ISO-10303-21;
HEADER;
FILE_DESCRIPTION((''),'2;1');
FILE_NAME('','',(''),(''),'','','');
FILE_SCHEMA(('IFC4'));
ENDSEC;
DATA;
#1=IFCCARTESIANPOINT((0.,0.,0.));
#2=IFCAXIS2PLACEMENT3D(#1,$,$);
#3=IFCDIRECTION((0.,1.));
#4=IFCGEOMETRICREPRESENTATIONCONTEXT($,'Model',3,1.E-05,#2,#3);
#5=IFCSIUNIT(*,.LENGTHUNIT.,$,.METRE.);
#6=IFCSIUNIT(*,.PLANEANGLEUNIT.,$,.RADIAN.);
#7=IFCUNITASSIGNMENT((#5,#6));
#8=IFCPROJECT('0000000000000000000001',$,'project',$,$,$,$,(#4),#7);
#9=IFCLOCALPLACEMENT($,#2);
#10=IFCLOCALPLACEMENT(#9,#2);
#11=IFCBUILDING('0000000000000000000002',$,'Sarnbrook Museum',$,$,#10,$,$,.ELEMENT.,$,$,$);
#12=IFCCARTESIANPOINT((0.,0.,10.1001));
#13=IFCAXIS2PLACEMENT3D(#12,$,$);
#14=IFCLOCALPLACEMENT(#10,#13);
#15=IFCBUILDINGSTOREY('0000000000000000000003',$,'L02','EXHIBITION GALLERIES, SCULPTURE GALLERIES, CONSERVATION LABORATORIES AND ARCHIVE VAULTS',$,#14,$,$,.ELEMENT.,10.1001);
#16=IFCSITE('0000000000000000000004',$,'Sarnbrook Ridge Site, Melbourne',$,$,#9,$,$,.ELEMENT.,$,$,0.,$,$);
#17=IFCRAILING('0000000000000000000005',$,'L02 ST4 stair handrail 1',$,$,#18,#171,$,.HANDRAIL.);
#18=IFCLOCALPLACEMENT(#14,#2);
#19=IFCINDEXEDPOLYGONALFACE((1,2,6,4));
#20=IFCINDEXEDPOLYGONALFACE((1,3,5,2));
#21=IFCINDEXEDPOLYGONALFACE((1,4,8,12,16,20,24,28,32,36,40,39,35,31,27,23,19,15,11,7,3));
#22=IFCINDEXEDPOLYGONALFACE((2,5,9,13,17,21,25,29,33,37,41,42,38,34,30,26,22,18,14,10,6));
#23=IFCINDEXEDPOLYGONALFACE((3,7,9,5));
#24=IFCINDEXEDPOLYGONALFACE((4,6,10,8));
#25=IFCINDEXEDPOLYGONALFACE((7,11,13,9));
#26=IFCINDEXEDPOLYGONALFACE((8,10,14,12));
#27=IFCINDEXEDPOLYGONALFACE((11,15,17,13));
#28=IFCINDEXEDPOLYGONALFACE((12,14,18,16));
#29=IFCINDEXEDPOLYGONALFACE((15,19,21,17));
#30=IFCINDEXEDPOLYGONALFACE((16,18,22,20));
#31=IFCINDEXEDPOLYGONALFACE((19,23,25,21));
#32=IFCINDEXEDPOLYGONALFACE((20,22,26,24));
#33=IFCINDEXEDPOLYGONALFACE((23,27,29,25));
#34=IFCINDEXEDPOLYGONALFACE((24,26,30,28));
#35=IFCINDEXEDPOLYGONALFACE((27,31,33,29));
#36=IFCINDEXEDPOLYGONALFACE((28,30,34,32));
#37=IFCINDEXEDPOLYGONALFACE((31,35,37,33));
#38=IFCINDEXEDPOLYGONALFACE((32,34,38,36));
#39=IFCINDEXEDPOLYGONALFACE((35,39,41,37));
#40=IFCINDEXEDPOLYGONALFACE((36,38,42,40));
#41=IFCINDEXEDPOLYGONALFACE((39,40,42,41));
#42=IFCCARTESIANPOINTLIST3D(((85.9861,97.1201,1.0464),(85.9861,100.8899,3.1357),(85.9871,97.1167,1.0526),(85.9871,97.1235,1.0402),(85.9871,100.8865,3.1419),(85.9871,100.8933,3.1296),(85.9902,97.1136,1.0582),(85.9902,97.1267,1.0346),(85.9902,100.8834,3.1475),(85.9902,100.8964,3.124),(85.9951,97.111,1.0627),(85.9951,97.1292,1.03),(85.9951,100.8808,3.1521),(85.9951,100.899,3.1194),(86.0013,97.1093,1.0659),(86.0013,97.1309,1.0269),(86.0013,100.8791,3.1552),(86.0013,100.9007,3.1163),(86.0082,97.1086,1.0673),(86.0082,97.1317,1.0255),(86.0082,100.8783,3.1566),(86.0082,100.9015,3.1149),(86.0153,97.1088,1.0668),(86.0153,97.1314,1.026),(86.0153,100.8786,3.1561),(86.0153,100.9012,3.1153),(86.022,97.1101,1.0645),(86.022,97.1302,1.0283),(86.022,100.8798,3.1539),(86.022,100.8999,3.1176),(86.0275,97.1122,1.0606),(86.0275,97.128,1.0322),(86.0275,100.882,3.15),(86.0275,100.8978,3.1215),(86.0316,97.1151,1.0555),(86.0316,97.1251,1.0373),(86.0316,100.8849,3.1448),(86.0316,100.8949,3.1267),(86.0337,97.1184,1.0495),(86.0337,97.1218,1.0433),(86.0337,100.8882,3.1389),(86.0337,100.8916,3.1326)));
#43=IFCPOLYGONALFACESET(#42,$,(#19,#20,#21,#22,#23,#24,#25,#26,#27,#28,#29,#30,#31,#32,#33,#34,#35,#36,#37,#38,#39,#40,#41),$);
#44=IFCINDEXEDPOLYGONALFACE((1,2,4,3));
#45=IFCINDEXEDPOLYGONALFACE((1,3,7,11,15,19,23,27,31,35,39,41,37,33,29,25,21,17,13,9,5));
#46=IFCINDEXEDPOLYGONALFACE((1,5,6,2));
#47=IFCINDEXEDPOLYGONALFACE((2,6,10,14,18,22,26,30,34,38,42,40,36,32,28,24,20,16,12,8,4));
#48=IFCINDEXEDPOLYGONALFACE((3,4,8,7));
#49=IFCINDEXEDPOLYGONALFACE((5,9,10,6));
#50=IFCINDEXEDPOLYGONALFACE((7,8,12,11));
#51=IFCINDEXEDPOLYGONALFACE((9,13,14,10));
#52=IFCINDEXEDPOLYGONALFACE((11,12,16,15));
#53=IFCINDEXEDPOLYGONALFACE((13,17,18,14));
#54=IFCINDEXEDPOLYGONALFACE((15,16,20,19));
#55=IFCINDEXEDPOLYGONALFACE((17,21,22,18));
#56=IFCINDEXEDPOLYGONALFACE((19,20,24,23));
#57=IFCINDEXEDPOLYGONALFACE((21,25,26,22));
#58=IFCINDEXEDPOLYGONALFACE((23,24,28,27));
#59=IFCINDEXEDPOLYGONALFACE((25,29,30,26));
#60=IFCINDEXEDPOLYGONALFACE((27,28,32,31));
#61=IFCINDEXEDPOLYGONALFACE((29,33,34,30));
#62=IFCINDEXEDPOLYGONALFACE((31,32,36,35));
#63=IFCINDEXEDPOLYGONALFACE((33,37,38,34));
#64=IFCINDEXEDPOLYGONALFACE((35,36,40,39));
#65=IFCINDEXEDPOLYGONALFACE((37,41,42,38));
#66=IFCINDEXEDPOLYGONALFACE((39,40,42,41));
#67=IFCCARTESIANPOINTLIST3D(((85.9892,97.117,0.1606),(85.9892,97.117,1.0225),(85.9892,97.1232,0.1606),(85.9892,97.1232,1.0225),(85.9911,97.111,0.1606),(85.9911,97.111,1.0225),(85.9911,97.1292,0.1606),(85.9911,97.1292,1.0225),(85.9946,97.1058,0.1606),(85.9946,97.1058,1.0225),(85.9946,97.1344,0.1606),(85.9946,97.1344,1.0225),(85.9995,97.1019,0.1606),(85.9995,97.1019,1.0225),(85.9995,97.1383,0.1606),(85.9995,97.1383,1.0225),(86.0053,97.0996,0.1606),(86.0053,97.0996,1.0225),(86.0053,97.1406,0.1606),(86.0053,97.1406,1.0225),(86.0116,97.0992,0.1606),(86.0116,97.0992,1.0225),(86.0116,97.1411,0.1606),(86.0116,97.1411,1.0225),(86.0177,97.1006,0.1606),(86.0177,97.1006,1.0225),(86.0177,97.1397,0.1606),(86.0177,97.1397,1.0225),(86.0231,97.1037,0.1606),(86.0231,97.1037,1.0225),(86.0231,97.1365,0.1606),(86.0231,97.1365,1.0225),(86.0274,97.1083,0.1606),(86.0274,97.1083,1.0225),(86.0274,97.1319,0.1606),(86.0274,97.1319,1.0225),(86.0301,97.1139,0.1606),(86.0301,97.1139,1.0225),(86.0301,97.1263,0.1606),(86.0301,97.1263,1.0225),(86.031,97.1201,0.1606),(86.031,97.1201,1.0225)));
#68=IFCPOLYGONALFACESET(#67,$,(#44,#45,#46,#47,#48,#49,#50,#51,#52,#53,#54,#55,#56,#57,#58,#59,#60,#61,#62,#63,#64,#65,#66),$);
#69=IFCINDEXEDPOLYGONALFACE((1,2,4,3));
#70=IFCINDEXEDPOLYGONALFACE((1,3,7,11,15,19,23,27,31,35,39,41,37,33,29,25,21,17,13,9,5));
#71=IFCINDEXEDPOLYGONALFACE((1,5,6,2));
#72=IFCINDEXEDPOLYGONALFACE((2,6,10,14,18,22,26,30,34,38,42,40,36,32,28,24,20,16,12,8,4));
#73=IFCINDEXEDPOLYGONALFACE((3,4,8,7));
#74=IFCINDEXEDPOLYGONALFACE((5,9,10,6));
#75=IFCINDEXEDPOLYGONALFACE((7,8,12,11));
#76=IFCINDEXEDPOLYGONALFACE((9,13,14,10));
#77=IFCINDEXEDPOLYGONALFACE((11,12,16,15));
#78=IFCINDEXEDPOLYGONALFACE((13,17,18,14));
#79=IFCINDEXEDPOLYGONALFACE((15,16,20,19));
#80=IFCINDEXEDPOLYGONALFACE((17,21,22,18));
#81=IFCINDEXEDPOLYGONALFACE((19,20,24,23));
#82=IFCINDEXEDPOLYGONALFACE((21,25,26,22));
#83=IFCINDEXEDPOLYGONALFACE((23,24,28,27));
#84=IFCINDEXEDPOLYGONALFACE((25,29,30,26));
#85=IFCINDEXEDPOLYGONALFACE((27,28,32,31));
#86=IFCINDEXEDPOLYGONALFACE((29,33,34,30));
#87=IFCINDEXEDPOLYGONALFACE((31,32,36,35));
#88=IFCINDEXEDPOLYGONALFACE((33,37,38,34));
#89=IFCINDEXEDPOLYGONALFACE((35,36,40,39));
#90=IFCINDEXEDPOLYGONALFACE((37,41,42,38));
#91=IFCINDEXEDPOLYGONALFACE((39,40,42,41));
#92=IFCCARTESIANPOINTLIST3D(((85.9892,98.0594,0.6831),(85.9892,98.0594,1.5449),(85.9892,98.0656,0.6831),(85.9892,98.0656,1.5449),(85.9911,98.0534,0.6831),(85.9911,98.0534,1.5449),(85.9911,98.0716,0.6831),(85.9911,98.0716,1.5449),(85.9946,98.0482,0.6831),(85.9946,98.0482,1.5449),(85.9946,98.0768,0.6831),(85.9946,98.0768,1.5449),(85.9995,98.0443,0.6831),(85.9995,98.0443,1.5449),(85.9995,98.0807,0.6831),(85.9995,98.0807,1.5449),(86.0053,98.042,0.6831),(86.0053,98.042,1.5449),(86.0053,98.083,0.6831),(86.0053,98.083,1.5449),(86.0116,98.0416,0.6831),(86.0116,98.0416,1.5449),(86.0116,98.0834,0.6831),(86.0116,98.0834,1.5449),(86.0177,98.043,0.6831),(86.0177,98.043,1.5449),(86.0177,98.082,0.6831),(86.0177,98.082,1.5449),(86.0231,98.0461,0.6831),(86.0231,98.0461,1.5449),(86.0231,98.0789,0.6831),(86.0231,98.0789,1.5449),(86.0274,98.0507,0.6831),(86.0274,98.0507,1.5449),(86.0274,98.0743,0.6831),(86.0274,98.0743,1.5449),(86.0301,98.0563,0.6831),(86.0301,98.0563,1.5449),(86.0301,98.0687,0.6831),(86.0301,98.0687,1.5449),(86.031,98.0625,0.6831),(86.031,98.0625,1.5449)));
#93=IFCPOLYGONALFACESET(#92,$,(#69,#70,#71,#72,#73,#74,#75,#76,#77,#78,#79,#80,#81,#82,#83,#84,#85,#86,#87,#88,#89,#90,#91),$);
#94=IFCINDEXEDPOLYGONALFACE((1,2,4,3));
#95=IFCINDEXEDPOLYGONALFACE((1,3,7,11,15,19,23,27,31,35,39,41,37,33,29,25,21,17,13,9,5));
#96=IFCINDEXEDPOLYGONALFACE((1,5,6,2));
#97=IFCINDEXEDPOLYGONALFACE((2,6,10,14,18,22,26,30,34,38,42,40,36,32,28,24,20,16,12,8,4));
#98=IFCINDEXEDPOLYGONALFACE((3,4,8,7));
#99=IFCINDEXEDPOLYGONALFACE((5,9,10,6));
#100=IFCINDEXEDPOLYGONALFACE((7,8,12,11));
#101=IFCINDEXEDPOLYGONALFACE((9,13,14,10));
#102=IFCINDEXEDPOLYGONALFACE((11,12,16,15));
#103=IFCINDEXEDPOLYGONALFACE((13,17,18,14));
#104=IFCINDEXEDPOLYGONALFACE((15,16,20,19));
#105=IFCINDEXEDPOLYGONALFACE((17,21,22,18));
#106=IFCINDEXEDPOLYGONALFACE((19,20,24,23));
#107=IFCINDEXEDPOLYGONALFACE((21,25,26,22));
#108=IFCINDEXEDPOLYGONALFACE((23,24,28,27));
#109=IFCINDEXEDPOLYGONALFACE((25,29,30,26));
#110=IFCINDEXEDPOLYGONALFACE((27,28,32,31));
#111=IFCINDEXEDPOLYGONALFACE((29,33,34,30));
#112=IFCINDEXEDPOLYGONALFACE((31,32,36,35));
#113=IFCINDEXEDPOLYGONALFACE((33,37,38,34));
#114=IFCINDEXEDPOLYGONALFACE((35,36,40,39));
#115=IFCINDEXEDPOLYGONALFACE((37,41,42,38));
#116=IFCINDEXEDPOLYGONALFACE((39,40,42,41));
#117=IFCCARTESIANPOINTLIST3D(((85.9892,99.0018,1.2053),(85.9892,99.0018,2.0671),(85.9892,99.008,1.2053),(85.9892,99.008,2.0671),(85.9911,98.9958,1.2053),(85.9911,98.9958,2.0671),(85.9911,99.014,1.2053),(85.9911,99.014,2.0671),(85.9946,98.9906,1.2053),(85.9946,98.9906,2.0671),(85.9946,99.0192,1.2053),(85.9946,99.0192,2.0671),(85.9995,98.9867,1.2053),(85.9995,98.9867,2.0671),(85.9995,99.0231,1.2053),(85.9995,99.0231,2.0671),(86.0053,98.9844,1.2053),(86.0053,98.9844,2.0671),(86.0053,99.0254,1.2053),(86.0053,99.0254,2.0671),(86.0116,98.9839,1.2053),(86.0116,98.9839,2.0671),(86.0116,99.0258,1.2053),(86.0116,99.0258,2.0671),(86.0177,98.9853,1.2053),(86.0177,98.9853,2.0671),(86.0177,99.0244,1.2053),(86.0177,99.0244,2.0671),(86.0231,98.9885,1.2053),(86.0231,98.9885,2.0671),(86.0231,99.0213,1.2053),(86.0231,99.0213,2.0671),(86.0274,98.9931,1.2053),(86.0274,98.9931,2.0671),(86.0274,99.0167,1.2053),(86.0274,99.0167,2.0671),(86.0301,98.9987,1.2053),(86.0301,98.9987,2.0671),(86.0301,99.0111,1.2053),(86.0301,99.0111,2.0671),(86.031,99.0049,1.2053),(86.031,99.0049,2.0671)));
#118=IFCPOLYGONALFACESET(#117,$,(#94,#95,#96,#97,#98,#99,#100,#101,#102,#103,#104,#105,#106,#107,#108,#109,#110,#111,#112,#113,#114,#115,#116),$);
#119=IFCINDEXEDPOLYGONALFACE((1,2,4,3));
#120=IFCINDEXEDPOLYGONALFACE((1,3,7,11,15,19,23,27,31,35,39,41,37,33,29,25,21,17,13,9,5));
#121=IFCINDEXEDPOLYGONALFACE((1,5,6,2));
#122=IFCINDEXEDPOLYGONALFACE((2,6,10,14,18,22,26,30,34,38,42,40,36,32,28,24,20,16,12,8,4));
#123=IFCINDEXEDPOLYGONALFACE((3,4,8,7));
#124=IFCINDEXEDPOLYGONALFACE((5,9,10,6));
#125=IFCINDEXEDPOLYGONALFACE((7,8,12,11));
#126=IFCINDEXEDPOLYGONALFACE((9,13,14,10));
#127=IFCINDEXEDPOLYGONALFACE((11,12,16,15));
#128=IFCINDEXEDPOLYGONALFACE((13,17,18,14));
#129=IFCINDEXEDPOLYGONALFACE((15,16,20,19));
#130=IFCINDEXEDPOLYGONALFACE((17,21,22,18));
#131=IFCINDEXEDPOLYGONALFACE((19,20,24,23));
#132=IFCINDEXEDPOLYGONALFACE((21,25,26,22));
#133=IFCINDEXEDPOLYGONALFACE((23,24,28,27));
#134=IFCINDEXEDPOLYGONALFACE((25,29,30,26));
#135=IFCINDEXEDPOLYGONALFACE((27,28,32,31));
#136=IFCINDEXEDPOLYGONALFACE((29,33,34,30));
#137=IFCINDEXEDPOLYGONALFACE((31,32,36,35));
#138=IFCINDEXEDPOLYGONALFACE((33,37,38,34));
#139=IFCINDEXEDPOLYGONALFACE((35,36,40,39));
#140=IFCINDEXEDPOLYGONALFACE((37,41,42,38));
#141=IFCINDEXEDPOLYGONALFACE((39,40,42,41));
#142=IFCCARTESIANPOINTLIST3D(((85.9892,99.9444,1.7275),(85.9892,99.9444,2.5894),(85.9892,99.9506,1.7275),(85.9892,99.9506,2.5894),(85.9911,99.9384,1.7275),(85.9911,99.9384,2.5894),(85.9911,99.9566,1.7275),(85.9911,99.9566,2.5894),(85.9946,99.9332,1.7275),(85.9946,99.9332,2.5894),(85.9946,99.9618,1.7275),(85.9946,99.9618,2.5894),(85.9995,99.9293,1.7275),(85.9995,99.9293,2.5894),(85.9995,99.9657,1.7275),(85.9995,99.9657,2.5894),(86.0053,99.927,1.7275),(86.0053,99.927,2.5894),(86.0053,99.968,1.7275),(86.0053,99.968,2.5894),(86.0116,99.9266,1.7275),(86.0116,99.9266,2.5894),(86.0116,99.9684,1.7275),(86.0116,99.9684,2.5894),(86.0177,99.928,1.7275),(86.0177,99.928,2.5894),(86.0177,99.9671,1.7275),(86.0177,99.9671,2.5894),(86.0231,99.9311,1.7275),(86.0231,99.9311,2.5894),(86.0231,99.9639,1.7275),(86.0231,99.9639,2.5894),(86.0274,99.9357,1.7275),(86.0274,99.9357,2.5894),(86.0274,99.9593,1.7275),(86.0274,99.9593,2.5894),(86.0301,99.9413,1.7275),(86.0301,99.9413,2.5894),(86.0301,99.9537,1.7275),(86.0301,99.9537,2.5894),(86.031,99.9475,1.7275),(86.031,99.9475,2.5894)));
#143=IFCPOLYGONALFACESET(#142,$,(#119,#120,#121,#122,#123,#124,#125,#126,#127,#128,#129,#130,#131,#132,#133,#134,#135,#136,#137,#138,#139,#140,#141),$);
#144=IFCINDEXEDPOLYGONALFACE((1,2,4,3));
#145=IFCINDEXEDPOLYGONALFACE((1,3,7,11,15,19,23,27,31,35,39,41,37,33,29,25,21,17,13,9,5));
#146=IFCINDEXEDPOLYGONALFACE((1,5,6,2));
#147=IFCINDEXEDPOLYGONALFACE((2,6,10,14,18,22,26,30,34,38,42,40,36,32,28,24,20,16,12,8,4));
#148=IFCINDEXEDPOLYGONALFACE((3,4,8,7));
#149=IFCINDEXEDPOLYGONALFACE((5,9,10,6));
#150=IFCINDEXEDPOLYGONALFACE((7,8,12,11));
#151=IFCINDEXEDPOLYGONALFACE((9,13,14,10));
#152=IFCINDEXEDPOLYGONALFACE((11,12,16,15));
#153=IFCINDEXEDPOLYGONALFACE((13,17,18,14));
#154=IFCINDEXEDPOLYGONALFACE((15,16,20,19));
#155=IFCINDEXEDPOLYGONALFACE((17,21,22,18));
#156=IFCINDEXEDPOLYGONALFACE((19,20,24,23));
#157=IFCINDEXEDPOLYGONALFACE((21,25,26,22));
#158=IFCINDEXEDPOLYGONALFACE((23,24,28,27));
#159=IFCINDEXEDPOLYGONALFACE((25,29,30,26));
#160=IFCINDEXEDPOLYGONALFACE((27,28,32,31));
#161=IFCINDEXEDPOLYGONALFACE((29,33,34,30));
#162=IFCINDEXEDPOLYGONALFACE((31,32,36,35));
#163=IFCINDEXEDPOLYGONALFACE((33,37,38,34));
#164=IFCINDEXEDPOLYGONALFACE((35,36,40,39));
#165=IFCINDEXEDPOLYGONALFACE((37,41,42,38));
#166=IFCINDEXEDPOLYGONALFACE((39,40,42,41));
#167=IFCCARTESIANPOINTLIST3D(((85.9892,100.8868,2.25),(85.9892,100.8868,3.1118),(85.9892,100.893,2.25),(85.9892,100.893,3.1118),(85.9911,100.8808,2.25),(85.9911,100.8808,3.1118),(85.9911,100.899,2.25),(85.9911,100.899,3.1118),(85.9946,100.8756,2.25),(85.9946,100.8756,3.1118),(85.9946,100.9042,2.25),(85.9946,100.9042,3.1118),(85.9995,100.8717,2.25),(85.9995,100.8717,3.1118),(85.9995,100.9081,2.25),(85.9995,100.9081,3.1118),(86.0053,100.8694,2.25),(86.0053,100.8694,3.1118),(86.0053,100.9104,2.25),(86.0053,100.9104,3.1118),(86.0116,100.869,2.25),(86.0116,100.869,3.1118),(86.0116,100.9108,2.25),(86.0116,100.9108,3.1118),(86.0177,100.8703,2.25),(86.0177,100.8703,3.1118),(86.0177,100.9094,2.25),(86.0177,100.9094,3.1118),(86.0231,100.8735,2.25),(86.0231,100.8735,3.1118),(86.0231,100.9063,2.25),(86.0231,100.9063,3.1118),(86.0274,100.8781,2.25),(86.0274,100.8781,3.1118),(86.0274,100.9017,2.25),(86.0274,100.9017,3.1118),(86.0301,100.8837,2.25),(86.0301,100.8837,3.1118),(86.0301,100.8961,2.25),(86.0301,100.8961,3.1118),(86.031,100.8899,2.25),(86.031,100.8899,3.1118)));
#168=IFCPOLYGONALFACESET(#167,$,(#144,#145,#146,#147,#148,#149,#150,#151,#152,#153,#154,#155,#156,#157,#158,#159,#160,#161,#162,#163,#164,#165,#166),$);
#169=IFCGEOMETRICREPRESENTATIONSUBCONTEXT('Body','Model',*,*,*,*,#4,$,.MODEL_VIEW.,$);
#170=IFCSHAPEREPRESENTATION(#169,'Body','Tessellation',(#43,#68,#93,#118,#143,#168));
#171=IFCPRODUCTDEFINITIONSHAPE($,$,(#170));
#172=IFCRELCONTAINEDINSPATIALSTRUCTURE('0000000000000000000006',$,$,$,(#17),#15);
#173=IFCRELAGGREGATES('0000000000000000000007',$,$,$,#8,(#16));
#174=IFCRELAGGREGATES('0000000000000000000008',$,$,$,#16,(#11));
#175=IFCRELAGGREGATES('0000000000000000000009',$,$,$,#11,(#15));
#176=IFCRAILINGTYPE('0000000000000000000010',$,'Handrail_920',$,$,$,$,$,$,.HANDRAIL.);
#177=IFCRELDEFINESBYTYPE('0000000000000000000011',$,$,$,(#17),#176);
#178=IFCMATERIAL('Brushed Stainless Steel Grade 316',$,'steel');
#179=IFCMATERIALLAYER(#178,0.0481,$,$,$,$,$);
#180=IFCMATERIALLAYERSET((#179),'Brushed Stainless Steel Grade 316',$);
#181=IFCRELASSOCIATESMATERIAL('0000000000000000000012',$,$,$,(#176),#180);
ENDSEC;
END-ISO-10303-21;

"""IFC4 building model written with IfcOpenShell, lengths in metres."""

from ifc_helpers import new_model, si_unit, direction, frame, origin, origin_2d, place, context, subcontext, project, spatial, circle, extrude, material, layer, layer_set, type_object, element, save


model = new_model("IFC4")

# Units and contexts
model_context = context("Model", 3, precision=1e-05, world=origin(), true_north=direction((0.0, 1.0)))
body_context = subcontext(model_context, "Body", "Model", "MODEL_VIEW")
ifc_project = project(units=[si_unit("LENGTHUNIT", "METRE"), si_unit("PLANEANGLEUNIT", "RADIAN")], contexts=[model_context])

# Site, building, storey
site_placement = place(None, origin())
site = spatial("IfcSite", under=ifc_project, at=site_placement, Name="Sarnbrook Ridge Site, Melbourne", CompositionType="ELEMENT", RefElevation=0.0)
building_placement = place(site_placement, origin())
building = spatial("IfcBuilding", under=site, at=building_placement, Name="Sarnbrook Museum", CompositionType="ELEMENT")
storey_placement = place(building_placement, frame((0.0, 0.0, 10.1001)))
storey = spatial("IfcBuildingStorey", under=building, at=storey_placement, Name="L02", Description="EXHIBITION GALLERIES, SCULPTURE GALLERIES, CONSERVATION LABORATORIES AND ARCHIVE VAULTS", CompositionType="ELEMENT", Elevation=10.1001)

# Shared definitions
ifc_material_1 = material(Name="Brushed Stainless Steel Grade 316", Category="steel")

# Railing
ifc_layer_1 = layer(ifc_material_1, 0.0481)
ifc_layer_set_1 = layer_set([ifc_layer_1], Name="Brushed Stainless Steel Grade 316")
railing_type_1 = type_object("IfcRailingType", Name="Handrail_920", PredefinedType="HANDRAIL", material=ifc_layer_set_1)
railing_1_placement = place(storey_placement, frame((86.01, 97.1201, 0.1606)))
element("IfcRailing", 1, at=railing_1_placement, inside=storey, type_object=railing_type_1, Name="L02 ST4 stair handrail 1", PredefinedType="HANDRAIL", context=body_context, shape_type="SweptSolid", body=[
    extrude(circle(Radius=0.0239, at=origin_2d()), frame((0.0, 0.0, 0.8857), z_axis=(0.0, 0.874646, 0.484763), x_axis=(-1.0, 0.0, 0.0)), (0.0, 0.0, 1.0), 4.3101),
    extrude(circle(Radius=0.021, at=origin_2d()), origin(), (0.0, 0.0, 1.0), 0.8618),
    extrude(circle(Radius=0.021, at=origin_2d()), frame((0.0, 0.9424, 0.5225)), (0.0, 0.0, 1.0), 0.8618),
    extrude(circle(Radius=0.021, at=origin_2d()), frame((0.0, 1.8848, 1.0447)), (0.0, 0.0, 1.0), 0.8618),
    extrude(circle(Radius=0.021, at=origin_2d()), frame((0.0, 2.8274, 1.5669)), (0.0, 0.0, 1.0), 0.8618),
    extrude(circle(Radius=0.021, at=origin_2d()), frame((0.0, 3.7698, 2.0894)), (0.0, 0.0, 1.0), 0.8618),
])

save(model, "model.ifc")
